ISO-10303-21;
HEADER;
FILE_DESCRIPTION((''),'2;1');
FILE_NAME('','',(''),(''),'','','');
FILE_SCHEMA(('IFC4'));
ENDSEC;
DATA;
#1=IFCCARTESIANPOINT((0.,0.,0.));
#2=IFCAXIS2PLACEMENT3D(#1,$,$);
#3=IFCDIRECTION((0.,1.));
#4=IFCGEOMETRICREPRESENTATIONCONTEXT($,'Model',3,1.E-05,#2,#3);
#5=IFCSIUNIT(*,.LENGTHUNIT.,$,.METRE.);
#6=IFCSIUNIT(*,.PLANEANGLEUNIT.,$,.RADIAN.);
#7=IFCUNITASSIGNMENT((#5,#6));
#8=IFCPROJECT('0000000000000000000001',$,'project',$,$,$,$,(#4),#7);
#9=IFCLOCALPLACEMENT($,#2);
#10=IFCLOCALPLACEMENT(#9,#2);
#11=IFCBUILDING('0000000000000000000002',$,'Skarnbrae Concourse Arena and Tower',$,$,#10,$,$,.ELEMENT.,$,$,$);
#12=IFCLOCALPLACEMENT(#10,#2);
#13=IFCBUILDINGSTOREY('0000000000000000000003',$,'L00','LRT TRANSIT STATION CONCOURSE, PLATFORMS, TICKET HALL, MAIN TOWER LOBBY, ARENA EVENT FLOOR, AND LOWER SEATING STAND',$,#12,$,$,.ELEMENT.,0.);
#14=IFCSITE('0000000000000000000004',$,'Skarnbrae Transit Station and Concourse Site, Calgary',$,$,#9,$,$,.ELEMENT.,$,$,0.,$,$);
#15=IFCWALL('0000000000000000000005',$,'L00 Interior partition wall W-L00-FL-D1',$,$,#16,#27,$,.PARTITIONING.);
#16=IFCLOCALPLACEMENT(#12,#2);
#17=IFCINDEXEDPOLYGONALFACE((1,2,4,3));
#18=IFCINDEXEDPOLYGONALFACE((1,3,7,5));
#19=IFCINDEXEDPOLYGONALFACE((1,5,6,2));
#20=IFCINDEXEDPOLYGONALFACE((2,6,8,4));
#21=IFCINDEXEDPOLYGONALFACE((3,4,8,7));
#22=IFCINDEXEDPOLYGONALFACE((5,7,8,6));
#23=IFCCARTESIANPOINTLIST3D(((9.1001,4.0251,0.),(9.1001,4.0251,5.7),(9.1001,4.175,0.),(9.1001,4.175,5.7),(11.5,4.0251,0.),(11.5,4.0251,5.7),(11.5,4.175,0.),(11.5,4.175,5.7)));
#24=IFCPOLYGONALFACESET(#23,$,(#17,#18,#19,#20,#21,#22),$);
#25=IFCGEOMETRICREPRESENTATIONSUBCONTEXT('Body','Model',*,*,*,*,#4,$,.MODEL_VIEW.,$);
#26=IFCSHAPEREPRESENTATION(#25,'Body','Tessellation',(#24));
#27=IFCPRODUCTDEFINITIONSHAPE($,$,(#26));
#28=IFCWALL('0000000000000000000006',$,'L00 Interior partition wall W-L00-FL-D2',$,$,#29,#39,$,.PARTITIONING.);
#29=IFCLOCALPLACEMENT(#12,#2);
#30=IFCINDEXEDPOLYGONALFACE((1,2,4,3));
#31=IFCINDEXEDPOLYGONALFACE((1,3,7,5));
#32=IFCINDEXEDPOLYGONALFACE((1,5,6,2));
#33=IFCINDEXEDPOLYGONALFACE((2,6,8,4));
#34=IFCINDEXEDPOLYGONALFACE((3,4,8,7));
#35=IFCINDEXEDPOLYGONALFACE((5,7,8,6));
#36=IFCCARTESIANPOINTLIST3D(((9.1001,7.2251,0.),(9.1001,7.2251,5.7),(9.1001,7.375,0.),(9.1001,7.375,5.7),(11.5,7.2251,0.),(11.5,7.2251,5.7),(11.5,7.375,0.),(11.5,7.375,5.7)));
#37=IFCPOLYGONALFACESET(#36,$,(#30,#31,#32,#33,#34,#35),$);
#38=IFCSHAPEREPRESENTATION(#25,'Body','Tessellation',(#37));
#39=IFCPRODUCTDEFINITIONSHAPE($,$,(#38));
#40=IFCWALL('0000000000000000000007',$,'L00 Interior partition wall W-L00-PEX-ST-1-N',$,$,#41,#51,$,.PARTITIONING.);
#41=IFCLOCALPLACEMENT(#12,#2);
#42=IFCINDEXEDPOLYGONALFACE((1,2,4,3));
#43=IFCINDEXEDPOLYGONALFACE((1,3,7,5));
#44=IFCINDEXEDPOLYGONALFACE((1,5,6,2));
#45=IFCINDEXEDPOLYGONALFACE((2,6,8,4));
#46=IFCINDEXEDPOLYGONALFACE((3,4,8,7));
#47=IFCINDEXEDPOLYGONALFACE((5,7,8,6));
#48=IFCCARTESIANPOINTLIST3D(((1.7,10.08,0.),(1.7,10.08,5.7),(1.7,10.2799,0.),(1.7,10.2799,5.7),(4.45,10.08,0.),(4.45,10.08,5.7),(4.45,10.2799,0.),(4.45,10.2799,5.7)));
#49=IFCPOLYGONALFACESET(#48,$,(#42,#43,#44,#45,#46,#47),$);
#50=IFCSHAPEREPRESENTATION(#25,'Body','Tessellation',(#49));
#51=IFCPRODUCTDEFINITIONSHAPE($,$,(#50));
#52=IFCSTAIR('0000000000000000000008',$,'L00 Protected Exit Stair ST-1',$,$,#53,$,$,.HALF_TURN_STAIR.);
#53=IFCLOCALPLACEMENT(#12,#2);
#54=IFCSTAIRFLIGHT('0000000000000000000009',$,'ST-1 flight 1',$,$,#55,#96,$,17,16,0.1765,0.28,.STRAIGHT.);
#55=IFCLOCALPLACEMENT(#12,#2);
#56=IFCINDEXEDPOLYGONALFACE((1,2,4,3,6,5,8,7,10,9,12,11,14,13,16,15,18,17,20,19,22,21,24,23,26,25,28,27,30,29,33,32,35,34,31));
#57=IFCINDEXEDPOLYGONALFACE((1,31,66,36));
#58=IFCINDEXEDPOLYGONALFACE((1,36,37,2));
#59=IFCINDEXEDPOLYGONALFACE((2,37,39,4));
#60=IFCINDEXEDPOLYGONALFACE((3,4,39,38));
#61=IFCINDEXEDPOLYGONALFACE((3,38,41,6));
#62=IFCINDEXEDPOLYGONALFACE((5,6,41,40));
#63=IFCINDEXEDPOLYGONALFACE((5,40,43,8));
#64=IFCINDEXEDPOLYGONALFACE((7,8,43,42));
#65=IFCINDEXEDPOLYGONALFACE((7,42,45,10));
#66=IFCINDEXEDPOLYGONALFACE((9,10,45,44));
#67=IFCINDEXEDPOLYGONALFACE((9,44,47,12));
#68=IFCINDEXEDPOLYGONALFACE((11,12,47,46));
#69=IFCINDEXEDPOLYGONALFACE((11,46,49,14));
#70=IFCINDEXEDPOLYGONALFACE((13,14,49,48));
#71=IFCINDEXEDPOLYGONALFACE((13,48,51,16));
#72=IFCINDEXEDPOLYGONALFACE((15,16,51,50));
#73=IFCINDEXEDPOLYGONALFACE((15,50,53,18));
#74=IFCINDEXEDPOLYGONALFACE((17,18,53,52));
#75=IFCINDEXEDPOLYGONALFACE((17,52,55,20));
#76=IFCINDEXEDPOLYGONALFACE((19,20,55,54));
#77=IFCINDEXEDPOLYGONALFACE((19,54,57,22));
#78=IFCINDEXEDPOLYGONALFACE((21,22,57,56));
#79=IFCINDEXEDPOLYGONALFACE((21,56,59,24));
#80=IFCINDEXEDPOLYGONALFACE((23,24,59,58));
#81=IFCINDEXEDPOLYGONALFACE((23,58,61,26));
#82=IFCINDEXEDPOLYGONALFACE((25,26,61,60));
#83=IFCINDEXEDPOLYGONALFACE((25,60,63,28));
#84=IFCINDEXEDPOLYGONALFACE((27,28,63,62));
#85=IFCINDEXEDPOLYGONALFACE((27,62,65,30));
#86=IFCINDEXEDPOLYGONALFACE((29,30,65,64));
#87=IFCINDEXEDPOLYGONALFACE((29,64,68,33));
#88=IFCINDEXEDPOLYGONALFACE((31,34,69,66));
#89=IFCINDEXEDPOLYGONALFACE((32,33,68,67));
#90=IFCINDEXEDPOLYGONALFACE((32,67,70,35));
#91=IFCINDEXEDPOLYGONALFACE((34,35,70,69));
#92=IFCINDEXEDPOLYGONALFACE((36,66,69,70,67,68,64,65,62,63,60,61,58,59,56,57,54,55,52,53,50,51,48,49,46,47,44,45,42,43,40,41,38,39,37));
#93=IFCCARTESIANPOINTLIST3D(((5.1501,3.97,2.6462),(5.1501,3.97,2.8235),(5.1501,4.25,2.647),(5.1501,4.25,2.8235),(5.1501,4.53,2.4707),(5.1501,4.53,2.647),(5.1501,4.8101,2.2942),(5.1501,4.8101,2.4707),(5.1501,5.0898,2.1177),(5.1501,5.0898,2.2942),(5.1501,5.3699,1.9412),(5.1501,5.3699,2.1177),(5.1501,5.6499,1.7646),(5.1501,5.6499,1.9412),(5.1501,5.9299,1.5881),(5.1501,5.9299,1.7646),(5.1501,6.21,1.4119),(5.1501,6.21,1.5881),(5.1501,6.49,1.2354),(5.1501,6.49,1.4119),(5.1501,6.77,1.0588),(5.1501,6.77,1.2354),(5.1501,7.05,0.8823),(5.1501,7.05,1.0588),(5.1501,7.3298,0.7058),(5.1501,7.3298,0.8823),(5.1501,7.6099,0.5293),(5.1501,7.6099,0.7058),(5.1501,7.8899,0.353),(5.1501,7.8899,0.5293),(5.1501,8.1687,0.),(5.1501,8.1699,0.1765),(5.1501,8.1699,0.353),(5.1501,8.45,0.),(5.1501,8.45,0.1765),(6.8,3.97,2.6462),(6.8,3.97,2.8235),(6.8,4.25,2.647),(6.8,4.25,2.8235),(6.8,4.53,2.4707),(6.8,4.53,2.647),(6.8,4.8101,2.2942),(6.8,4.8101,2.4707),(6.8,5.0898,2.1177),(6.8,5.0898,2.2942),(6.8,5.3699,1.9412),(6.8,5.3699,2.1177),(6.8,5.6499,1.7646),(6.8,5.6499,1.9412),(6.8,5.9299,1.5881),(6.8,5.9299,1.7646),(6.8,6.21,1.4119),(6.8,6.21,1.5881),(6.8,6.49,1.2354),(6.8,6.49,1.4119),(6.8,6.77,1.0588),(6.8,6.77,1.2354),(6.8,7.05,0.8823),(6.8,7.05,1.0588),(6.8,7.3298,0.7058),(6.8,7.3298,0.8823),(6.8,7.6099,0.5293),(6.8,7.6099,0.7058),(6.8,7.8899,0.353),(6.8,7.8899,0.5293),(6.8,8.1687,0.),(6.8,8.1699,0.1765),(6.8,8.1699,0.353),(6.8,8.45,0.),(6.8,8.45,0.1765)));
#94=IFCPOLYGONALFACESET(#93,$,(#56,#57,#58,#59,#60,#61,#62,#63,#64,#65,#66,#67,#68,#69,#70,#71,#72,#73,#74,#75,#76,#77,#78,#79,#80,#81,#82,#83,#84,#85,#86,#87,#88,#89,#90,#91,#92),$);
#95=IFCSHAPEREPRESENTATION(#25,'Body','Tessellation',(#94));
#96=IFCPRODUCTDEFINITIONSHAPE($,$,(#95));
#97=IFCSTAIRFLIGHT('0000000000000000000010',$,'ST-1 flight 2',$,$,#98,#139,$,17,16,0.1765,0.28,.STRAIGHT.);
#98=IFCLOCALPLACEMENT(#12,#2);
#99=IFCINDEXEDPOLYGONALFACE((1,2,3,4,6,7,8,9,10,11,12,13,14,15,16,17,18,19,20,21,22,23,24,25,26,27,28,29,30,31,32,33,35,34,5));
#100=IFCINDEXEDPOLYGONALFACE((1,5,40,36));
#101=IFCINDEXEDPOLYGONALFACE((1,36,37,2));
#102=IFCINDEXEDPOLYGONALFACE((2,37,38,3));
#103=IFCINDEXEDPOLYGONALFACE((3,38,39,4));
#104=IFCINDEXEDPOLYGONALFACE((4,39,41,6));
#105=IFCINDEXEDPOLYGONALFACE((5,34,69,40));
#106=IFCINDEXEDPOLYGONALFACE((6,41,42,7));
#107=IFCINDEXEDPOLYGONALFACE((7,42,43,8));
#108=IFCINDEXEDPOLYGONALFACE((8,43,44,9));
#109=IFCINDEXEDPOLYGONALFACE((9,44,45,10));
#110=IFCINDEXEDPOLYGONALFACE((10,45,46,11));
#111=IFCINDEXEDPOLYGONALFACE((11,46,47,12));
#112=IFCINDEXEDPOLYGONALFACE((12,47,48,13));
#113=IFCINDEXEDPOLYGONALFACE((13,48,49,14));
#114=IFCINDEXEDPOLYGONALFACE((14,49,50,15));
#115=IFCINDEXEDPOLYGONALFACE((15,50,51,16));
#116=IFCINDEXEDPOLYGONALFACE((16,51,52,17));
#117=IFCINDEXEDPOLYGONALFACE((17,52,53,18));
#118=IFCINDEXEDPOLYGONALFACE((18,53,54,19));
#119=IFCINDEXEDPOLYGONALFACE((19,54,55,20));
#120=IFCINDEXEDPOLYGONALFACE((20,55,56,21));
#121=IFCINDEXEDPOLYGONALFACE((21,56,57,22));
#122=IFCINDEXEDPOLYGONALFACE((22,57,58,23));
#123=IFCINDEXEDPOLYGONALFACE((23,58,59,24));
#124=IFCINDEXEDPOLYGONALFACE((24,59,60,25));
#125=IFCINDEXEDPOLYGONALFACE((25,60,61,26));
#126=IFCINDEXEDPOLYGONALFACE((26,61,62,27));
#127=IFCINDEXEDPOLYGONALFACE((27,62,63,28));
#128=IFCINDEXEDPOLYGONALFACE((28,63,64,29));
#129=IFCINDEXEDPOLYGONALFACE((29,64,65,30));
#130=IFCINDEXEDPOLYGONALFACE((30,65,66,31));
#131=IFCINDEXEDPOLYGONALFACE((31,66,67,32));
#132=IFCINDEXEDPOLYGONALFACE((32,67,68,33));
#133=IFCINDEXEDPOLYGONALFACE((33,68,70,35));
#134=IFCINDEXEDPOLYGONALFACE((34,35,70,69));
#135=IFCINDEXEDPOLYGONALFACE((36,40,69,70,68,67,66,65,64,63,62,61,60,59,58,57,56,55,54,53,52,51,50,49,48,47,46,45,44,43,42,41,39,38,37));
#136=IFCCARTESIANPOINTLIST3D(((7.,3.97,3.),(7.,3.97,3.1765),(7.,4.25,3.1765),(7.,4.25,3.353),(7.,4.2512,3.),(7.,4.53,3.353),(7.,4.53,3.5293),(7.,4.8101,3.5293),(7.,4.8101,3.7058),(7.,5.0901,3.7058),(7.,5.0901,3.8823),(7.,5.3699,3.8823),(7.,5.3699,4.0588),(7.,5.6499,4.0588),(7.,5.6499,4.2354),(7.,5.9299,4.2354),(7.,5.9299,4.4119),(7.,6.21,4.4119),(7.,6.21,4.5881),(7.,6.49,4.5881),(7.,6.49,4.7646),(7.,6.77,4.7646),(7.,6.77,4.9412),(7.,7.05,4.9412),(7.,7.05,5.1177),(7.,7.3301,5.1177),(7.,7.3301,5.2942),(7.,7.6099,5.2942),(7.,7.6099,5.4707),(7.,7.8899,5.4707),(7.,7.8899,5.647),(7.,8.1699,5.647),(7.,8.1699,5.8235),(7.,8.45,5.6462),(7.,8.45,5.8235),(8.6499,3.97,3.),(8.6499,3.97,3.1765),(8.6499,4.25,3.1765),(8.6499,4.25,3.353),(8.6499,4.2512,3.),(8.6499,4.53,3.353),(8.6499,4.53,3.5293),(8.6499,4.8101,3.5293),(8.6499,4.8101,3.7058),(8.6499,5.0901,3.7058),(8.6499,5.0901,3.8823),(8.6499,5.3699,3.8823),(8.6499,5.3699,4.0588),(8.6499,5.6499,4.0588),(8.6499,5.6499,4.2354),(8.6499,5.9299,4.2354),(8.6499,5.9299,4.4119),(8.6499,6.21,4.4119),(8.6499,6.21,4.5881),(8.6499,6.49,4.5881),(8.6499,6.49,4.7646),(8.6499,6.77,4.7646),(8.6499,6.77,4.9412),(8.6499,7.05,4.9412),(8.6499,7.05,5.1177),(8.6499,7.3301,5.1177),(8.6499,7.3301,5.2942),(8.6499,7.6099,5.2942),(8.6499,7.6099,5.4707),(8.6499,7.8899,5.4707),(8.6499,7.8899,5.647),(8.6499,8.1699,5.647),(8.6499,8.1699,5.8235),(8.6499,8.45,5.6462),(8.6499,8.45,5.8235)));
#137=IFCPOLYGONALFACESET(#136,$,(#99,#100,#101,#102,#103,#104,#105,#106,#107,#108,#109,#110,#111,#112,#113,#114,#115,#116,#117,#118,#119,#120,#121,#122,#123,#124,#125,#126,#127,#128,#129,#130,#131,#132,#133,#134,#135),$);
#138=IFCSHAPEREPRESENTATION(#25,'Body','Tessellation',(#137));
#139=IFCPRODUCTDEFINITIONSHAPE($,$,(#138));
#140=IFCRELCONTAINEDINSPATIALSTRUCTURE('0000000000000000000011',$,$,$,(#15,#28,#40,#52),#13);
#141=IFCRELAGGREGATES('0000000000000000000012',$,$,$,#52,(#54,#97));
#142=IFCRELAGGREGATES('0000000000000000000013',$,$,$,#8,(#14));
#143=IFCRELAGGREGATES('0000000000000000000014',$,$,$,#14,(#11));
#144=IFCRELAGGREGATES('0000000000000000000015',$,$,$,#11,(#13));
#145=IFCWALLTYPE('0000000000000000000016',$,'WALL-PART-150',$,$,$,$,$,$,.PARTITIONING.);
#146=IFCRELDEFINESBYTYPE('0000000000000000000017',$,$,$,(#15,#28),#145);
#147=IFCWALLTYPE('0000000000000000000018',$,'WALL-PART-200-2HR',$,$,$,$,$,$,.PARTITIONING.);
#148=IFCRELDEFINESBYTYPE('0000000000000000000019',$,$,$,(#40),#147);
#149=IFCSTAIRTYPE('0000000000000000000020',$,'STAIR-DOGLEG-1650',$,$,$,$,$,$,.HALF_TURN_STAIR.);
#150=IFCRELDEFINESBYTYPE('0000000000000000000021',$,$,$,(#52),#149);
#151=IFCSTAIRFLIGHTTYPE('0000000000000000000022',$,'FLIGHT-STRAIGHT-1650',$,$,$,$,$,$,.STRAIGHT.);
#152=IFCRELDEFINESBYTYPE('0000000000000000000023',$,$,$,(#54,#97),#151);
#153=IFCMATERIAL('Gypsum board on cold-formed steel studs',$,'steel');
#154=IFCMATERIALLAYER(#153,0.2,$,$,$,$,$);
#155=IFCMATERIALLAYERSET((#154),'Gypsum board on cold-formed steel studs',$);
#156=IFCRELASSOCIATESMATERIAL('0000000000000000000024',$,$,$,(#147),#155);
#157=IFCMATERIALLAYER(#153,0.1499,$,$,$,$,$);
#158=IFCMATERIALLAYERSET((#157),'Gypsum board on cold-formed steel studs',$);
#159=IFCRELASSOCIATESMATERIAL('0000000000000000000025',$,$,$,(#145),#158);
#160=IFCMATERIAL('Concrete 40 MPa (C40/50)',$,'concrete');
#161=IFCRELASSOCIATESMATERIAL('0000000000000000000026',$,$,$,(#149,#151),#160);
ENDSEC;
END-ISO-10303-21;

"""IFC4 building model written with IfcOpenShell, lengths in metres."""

from ifc_helpers import new_model, si_unit, direction, frame, frame_2d, origin, place, context, subcontext, project, spatial, polyline, rectangle, outline, extrude, source, transform, mapped, material, layer, layer_set, type_object, element, aggregate, save


model = new_model("IFC4")

# Units and contexts
model_context = context("Model", 3, precision=1e-05, world=origin(), true_north=direction((0.0, 1.0)))
body_context = subcontext(model_context, "Body", "Model", "MODEL_VIEW")
ifc_project = project(units=[si_unit("LENGTHUNIT", "METRE"), si_unit("PLANEANGLEUNIT", "RADIAN")], contexts=[model_context])

# Site, building, storey
site_placement = place(None, origin())
site = spatial("IfcSite", under=ifc_project, at=site_placement, Name="Skarnbrae Transit Station and Concourse Site, Calgary", CompositionType="ELEMENT", RefElevation=0.0)
building_placement = place(site_placement, origin())
building = spatial("IfcBuilding", under=site, at=building_placement, Name="Skarnbrae Concourse Arena and Tower", CompositionType="ELEMENT")
storey_placement = place(building_placement, origin())
storey = spatial("IfcBuildingStorey", under=building, at=storey_placement, Name="L00", Description="LRT TRANSIT STATION CONCOURSE, PLATFORMS, TICKET HALL, MAIN TOWER LOBBY, ARENA EVENT FLOOR, AND LOWER SEATING STAND", CompositionType="ELEMENT", Elevation=0.0)

# Shared definitions
ifc_material_1 = material(Name="Gypsum board on cold-formed steel studs", Category="steel")
ifc_layer_1 = layer(ifc_material_1, 0.2)
ifc_layer_set_1 = layer_set([ifc_layer_1], Name="Gypsum board on cold-formed steel studs")
wall_type_1 = type_object("IfcWallType", Name="WALL-PART-200-2HR", PredefinedType="PARTITIONING", material=ifc_layer_set_1)

# Walls
ifc_layer_2 = layer(ifc_material_1, 0.1499)
ifc_layer_set_2 = layer_set([ifc_layer_2], Name="Gypsum board on cold-formed steel studs")
wall_type_2 = type_object("IfcWallType", Name="WALL-PART-150", PredefinedType="PARTITIONING", material=ifc_layer_set_2)
shared_shape_1 = source(origin(), body_context, "Body", "SweptSolid", [
    extrude(rectangle(XDim=2.3999, YDim=0.1499, at=frame_2d((1.2, 0.0))), origin(), (0.0, 0.0, 1.0), 5.7),
])
for number, where, z_axis, x_axis, name in (
    (1, (9.1001, 4.1001, 0.0), (0.0, 0.0, 1.0), (1.0, 0.0, 0.0), "L00 Interior partition wall W-L00-FL-D1"),
    (2, (9.1001, 7.3, 0.0), (0.0, 0.0, 1.0), (1.0, 0.0, 0.0), "L00 Interior partition wall W-L00-FL-D2"),
):
    element("IfcWall", number, at=place(storey_placement, frame(where, z_axis=z_axis, x_axis=x_axis)), inside=storey, type_object=wall_type_2, Name=name, PredefinedType="PARTITIONING", context=body_context, shape_type="MappedRepresentation", body=[
        mapped(shared_shape_1, transform((0.0, 0.0, 0.0))),
    ])
shared_shape_2 = source(origin(), body_context, "Body", "SweptSolid", [
    extrude(rectangle(XDim=2.75, YDim=0.2, at=frame_2d((1.375, 0.0))), origin(), (0.0, 0.0, 1.0), 5.7),
])
wall_1_placement = place(storey_placement, frame((1.7, 10.1799, 0.0), z_axis=(0.0, 0.0, 1.0), x_axis=(1.0, 0.0, 0.0)))
element("IfcWall", 3, at=wall_1_placement, inside=storey, type_object=wall_type_1, Name="L00 Interior partition wall W-L00-PEX-ST-1-N", PredefinedType="PARTITIONING", context=body_context, shape_type="MappedRepresentation", body=[
    mapped(shared_shape_2, transform((0.0, 0.0, 0.0))),
])

# Stair, stair flights
ifc_material_2 = material(Name="Concrete 40 MPa (C40/50)", Category="concrete")
stair_type_1 = type_object("IfcStairType", Name="STAIR-DOGLEG-1650", PredefinedType="HALF_TURN_STAIR", material=ifc_material_2)
stair_1_placement = place(storey_placement, origin())
stair_1 = element("IfcStair", 4, at=stair_1_placement, inside=storey, type_object=stair_type_1, Name="L00 Protected Exit Stair ST-1", PredefinedType="HALF_TURN_STAIR")
stair_flight_type_1 = type_object("IfcStairFlightType", Name="FLIGHT-STRAIGHT-1650", PredefinedType="STRAIGHT", material=ifc_material_2)
shared_shape_3 = source(origin(), body_context, "Body", "SweptSolid", [
    extrude(outline(polyline([(0.0, 0.0), (0.0, 0.1765), (0.28, 0.1765), (0.28, 0.353), (0.5601, 0.353), (0.5601, 0.5293), (0.8401, 0.5293), (0.8401, 0.7058), (1.1201, 0.7058), (1.1201, 0.8823), (1.3999, 0.8823), (1.3999, 1.0588), (1.6799, 1.0588), (1.6799, 1.2354), (1.96, 1.2354), (1.96, 1.4119), (2.24, 1.4119), (2.24, 1.5881), (2.52, 1.5881), (2.52, 1.7646), (2.8, 1.7646), (2.8, 1.9412), (3.0801, 1.9412), (3.0801, 2.1177), (3.3601, 2.1177), (3.3601, 2.2942), (3.6399, 2.2942), (3.6399, 2.4707), (3.9199, 2.4707), (3.9199, 2.647), (4.2, 2.647), (4.2, 2.8235), (4.48, 2.8235), (4.48, 3.0), (4.48, 2.6462), (0.2812, 0.0), (0.0, 0.0)])), frame((0.0, 0.825, 0.0), z_axis=(0.0, -1.0, 0.0), x_axis=(1.0, 0.0, 0.0)), (0.0, 0.0, 1.0), 1.6499),
])
stair_flight_1_placement = place(storey_placement, frame((5.9751, 8.45, 0.0), z_axis=(0.0, 0.0, 1.0), x_axis=(0.0, -1.0, 0.0)))
stair_flight_1 = element("IfcStairFlight", 5, at=stair_flight_1_placement, type_object=stair_flight_type_1, Name="ST-1 flight 1", NumberOfRisers=17, NumberOfTreads=16, PredefinedType="STRAIGHT", RiserHeight=0.1765, TreadLength=0.28, context=body_context, shape_type="MappedRepresentation", body=[
    mapped(shared_shape_3, transform((0.0, 0.0, 0.0))),
])
stair_flight_2_placement = place(storey_placement, frame((7.825, 3.97, 3.0), z_axis=(0.0, 0.0, 1.0), x_axis=(0.0, 1.0, 0.0)))
stair_flight_2 = element("IfcStairFlight", 6, at=stair_flight_2_placement, type_object=stair_flight_type_1, Name="ST-1 flight 2", NumberOfRisers=17, NumberOfTreads=16, PredefinedType="STRAIGHT", RiserHeight=0.1765, TreadLength=0.28, context=body_context, shape_type="MappedRepresentation", body=[
    mapped(shared_shape_3, transform((0.0, 0.0, 0.0))),
])
aggregate(stair_1, [stair_flight_1, stair_flight_2])

save(model, "model.ifc")
